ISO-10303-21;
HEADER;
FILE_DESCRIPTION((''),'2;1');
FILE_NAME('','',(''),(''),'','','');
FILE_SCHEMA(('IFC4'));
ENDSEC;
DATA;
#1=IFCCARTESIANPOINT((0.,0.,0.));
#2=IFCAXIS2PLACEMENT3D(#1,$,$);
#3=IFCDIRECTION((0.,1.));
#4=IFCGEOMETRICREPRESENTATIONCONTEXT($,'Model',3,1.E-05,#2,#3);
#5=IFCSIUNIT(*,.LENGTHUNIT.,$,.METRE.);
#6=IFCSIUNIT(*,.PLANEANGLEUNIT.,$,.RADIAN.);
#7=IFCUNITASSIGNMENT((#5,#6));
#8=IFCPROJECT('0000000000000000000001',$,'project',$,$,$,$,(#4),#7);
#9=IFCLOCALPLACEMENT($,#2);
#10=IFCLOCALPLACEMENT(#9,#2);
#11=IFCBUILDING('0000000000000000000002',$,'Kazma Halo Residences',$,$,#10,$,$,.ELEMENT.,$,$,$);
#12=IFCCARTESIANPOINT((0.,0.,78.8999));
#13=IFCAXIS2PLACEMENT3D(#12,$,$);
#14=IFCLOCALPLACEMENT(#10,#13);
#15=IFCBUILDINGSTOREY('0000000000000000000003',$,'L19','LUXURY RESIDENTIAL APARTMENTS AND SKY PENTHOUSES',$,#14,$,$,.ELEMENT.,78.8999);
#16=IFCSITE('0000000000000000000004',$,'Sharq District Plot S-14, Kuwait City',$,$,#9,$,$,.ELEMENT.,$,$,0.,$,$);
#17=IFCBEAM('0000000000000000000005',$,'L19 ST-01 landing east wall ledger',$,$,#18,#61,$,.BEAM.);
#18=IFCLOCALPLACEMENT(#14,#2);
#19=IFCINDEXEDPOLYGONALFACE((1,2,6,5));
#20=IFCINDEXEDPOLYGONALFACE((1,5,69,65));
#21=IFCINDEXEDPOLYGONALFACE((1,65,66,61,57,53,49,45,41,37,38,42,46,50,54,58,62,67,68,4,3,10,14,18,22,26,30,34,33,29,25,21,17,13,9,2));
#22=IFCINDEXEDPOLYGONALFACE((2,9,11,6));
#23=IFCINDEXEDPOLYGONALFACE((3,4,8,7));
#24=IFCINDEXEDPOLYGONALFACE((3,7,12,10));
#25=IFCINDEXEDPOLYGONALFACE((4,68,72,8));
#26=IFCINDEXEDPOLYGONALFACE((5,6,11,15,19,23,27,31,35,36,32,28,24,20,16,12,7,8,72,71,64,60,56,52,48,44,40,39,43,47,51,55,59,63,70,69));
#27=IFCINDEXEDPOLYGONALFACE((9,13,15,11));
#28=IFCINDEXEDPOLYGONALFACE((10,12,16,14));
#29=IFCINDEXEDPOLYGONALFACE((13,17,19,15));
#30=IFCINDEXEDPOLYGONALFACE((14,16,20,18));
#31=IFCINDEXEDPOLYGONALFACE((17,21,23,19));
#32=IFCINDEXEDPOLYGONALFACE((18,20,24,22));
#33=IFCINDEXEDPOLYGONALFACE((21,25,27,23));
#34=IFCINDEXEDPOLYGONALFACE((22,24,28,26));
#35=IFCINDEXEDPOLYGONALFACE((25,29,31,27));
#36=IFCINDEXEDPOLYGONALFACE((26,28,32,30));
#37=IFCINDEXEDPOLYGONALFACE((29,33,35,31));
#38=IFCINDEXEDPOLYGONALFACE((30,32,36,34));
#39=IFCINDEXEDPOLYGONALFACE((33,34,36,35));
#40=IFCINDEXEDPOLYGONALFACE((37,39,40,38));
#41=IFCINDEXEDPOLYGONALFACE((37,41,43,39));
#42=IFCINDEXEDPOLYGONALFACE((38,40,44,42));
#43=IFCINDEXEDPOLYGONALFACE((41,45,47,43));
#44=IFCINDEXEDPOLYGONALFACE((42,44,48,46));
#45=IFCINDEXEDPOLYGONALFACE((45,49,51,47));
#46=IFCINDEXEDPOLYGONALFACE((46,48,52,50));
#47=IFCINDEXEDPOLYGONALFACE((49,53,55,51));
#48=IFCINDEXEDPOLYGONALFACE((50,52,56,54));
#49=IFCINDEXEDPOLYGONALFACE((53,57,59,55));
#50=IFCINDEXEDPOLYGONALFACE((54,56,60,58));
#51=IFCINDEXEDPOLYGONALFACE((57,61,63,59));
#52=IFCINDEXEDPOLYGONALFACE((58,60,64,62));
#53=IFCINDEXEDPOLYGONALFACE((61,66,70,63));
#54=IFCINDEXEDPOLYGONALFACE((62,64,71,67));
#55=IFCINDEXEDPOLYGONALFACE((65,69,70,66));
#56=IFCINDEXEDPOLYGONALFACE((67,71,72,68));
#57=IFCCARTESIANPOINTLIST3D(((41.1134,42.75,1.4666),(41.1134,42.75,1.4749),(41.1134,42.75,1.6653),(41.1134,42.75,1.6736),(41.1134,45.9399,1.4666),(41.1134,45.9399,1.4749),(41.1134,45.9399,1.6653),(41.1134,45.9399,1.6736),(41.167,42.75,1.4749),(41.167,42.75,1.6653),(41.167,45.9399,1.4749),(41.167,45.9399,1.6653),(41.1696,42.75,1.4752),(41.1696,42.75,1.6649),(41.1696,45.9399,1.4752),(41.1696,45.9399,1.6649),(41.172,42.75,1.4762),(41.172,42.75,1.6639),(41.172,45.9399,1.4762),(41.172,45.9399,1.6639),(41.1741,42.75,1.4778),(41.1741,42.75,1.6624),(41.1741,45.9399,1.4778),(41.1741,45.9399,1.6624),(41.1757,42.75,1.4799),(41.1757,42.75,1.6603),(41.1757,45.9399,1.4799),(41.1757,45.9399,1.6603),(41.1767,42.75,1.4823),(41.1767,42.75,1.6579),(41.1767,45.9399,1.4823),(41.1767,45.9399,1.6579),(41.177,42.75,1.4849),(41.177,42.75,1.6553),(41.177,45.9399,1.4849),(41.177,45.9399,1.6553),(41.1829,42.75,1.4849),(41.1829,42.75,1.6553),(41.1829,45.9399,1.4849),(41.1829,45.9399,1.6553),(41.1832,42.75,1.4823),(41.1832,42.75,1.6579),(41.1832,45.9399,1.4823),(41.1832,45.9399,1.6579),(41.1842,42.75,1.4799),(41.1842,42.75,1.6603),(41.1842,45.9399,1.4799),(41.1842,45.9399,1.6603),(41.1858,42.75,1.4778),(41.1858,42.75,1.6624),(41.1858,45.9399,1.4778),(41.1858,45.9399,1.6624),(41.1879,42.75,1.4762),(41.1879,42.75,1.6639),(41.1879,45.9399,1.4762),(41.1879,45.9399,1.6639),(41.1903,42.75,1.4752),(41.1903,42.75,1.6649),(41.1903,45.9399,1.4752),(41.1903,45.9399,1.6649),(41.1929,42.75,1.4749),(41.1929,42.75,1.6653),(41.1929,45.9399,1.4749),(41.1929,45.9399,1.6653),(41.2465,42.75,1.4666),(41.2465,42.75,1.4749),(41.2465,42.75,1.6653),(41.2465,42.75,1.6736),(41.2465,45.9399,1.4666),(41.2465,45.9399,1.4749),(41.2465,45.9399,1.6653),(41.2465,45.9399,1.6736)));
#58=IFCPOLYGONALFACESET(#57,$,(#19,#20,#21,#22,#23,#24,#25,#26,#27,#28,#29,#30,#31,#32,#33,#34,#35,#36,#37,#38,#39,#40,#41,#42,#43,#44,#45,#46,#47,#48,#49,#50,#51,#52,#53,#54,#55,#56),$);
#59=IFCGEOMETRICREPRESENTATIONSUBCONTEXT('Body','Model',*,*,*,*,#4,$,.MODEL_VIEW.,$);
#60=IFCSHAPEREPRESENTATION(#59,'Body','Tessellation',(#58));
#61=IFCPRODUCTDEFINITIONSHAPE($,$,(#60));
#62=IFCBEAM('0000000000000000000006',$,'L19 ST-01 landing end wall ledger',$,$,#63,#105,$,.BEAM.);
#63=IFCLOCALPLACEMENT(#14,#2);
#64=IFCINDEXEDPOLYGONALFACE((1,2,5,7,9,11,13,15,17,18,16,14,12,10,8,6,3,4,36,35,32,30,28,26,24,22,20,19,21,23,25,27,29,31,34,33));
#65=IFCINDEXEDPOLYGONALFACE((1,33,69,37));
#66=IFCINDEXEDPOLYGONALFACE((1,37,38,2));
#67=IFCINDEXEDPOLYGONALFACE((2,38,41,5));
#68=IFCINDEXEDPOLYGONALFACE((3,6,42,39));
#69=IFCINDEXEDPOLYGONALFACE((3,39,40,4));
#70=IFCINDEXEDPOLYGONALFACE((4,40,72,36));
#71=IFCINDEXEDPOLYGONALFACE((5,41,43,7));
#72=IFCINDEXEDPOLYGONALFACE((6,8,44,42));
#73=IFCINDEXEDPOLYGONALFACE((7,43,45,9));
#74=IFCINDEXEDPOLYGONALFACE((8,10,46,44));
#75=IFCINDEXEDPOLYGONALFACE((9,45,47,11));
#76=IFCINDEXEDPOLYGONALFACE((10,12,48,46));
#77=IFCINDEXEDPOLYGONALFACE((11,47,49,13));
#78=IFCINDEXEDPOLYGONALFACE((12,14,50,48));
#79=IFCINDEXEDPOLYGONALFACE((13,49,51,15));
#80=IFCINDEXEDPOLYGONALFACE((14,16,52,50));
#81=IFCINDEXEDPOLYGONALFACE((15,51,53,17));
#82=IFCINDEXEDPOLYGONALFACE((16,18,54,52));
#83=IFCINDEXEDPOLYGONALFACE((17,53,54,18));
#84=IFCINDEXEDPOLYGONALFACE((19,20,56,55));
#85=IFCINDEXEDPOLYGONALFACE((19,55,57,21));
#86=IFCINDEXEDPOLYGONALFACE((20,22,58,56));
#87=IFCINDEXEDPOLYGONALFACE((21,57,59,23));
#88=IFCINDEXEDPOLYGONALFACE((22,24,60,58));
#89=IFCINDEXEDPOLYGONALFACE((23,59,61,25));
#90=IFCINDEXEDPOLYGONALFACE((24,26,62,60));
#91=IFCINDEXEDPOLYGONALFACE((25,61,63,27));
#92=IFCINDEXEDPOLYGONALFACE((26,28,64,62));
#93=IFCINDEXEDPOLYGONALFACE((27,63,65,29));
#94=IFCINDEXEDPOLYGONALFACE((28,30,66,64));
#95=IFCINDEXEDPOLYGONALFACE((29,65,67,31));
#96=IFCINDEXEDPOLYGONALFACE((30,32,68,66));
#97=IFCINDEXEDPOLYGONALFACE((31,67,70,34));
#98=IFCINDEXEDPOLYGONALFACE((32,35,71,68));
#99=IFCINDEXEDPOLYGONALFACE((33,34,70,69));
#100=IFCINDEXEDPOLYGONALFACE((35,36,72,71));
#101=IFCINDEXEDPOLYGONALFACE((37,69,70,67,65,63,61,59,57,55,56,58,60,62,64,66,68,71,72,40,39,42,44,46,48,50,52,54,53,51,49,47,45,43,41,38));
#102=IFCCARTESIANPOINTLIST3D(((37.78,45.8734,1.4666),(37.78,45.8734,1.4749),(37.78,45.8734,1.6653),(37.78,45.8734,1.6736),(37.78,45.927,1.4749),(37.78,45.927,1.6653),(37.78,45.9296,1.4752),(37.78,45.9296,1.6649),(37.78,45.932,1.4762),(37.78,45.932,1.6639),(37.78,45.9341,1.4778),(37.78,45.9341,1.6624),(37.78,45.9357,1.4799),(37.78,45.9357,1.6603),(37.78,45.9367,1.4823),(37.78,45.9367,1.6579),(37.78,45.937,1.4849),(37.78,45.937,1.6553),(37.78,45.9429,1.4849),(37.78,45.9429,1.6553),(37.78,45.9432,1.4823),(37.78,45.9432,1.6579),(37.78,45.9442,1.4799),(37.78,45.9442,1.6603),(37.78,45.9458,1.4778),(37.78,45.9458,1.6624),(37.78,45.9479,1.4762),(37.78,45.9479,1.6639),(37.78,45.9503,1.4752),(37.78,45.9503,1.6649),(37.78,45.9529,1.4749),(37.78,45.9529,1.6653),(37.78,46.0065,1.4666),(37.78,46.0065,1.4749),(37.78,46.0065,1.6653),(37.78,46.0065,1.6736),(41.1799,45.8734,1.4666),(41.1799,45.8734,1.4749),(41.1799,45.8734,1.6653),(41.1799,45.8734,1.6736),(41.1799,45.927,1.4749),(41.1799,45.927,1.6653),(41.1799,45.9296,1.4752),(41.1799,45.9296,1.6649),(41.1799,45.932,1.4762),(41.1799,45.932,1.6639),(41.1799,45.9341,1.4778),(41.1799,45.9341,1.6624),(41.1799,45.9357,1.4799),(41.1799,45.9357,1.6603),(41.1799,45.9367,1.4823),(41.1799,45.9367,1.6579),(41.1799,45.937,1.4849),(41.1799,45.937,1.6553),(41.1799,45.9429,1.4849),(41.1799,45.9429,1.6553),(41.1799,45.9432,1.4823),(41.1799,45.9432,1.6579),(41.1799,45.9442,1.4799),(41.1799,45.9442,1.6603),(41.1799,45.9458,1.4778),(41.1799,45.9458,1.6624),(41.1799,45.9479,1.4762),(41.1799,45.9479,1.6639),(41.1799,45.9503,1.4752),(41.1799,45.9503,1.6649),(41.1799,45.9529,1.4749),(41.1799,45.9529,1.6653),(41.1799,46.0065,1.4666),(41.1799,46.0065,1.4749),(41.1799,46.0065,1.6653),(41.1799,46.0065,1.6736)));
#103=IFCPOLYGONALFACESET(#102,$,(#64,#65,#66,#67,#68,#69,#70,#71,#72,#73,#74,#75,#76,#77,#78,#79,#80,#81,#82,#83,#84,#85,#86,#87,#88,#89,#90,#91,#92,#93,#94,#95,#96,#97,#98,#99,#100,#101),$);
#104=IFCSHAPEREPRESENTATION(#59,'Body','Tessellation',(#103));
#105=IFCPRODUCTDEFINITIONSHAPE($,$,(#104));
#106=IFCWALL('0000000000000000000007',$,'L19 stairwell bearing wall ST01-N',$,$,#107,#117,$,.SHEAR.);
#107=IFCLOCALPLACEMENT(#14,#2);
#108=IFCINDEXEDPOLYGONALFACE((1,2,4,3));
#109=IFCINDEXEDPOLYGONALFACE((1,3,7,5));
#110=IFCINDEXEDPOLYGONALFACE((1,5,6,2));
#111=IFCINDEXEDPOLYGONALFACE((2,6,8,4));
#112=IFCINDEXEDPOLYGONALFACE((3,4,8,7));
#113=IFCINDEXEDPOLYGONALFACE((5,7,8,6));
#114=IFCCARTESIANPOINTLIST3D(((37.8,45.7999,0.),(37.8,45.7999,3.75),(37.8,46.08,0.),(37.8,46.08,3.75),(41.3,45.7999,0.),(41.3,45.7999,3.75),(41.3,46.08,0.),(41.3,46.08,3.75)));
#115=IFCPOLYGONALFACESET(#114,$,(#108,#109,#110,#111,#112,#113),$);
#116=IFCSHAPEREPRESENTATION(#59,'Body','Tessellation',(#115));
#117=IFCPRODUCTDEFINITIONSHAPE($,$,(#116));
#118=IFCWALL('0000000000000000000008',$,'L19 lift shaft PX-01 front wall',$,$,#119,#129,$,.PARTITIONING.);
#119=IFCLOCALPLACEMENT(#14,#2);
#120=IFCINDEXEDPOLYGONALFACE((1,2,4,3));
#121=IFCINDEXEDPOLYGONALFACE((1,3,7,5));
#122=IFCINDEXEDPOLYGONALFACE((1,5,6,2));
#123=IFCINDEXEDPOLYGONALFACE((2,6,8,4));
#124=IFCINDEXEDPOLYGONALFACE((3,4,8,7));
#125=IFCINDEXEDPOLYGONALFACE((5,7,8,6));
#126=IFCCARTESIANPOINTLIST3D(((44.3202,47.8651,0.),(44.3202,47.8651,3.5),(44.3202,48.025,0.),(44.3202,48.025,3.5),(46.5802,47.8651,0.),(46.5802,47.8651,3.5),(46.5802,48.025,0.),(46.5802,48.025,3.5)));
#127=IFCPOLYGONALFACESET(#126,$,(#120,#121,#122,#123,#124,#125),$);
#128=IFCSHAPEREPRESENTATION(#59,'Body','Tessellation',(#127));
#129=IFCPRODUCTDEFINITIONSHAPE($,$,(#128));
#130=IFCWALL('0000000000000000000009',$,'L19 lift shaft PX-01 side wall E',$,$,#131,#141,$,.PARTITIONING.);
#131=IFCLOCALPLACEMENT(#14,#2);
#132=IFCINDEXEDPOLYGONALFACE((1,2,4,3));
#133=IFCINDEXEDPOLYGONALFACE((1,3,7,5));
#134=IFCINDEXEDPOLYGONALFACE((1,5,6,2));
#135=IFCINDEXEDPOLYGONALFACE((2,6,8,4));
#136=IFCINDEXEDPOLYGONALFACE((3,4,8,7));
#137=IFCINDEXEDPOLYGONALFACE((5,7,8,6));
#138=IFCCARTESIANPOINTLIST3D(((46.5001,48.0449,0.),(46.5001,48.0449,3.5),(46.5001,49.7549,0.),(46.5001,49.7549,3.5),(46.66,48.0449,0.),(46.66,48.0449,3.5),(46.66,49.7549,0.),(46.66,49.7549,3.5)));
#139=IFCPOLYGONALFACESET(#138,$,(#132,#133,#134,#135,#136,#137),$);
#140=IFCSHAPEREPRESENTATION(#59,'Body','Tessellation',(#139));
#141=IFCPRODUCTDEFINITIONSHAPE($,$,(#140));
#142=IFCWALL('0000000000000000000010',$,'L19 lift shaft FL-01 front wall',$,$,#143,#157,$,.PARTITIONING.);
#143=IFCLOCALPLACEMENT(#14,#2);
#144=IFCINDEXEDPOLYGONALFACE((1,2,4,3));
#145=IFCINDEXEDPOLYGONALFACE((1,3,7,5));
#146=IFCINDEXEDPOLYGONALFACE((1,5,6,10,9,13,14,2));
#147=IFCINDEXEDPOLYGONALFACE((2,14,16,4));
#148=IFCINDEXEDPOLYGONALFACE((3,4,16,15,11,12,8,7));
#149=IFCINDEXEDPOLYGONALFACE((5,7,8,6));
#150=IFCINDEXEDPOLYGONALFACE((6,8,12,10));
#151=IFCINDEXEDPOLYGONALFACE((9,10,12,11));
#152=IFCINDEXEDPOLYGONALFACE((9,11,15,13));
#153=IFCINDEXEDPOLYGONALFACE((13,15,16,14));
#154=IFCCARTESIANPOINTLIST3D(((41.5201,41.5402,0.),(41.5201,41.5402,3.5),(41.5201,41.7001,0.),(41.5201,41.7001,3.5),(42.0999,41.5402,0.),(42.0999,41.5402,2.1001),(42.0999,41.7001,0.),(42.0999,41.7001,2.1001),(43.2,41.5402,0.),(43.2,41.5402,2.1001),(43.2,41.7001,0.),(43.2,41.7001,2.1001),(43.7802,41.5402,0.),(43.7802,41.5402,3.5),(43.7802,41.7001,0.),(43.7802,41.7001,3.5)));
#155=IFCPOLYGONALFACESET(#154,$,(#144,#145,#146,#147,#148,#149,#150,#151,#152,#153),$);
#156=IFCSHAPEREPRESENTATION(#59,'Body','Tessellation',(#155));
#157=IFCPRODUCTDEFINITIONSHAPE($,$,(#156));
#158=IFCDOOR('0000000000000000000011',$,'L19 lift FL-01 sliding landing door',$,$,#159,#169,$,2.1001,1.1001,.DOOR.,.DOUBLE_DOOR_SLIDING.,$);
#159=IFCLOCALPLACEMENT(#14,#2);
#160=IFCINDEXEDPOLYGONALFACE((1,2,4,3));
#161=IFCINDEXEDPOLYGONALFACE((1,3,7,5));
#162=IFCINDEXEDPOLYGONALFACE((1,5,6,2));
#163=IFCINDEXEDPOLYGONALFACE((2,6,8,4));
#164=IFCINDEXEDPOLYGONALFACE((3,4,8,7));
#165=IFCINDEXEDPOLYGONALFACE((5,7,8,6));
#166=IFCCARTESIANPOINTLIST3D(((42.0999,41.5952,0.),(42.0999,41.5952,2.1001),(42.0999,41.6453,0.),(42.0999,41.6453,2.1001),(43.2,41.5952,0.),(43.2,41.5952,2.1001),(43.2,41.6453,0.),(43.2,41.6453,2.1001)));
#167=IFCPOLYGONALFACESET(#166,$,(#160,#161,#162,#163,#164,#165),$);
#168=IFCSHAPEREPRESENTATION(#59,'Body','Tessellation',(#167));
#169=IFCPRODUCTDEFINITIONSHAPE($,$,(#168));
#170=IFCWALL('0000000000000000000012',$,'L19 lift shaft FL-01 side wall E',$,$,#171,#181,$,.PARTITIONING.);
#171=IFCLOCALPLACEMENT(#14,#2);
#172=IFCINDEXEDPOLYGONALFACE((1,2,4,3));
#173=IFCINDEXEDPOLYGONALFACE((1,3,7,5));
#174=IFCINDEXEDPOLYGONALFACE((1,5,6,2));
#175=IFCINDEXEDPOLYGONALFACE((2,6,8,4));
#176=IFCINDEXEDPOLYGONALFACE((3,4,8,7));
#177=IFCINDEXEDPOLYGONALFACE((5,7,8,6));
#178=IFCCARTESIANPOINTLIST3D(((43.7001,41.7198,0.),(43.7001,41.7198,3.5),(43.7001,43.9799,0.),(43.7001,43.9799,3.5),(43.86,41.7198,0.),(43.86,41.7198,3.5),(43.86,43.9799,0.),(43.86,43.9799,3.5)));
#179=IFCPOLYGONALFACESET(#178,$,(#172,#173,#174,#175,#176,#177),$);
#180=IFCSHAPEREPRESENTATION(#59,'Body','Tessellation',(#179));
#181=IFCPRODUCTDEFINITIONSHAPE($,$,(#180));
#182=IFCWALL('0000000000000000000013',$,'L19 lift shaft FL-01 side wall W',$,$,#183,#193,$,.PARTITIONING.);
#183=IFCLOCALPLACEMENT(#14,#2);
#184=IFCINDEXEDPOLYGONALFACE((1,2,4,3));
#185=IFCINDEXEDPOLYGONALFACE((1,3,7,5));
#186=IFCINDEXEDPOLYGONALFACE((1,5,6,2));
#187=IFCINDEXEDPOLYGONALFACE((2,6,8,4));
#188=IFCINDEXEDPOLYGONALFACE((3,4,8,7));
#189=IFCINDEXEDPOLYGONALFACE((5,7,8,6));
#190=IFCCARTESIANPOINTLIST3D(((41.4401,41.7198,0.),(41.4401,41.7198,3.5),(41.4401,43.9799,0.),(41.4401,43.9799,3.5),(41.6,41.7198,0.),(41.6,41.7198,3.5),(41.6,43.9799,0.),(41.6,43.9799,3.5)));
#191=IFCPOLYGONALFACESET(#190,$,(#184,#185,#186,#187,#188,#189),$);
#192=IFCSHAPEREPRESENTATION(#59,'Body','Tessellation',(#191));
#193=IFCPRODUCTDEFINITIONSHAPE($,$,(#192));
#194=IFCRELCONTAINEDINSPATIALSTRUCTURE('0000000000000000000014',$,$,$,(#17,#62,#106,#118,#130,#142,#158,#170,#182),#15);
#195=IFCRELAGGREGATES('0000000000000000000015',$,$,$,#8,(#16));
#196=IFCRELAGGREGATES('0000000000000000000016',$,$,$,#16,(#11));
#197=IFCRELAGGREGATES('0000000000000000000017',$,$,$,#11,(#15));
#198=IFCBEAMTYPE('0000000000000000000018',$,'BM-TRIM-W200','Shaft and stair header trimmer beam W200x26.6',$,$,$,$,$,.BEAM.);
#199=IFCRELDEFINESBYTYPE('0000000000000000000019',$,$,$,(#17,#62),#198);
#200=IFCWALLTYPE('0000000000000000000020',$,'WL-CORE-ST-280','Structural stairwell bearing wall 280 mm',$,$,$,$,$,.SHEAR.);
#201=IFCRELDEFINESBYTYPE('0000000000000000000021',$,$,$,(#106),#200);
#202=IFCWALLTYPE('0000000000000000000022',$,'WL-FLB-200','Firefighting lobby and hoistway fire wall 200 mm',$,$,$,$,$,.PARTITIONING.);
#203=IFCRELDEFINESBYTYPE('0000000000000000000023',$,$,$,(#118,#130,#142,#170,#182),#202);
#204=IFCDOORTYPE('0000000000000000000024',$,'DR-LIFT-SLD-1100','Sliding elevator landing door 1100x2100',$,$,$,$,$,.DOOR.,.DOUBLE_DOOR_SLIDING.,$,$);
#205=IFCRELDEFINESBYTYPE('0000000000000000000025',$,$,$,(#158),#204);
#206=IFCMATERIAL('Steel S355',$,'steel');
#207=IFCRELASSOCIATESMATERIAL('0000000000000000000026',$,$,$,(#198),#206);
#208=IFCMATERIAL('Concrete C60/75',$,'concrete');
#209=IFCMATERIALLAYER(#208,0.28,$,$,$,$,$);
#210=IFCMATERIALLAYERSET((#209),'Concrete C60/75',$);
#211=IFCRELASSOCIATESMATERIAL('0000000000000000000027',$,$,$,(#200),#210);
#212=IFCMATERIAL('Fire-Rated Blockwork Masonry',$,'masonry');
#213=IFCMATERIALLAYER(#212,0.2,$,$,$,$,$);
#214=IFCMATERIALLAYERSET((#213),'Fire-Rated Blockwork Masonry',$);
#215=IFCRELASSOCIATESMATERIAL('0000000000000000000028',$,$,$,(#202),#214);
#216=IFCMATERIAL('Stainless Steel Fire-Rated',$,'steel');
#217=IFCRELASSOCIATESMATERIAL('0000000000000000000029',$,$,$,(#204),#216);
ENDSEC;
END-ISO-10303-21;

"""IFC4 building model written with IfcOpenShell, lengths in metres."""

from ifc_helpers import new_model, si_unit, direction, frame, frame_2d, origin, origin_2d, place, context, subcontext, project, spatial, rectangle, i_section, extrude, material, layer, layer_set, material_profile, profile_set, type_object, element, fill, save


model = new_model("IFC4")

# Units and contexts
model_context = context("Model", 3, precision=1e-05, world=origin(), true_north=direction((0.0, 1.0)))
body_context = subcontext(model_context, "Body", "Model", "MODEL_VIEW")
ifc_project = project(units=[si_unit("LENGTHUNIT", "METRE"), si_unit("PLANEANGLEUNIT", "RADIAN")], contexts=[model_context])

# Site, building, storey
site_placement = place(None, origin())
site = spatial("IfcSite", under=ifc_project, at=site_placement, Name="Sharq District Plot S-14, Kuwait City", CompositionType="ELEMENT", RefElevation=0.0)
building_placement = place(site_placement, origin())
building = spatial("IfcBuilding", under=site, at=building_placement, Name="Kazma Halo Residences", CompositionType="ELEMENT")
storey_placement = place(building_placement, frame((0.0, 0.0, 78.8999)))
storey = spatial("IfcBuildingStorey", under=building, at=storey_placement, Name="L19", Description="LUXURY RESIDENTIAL APARTMENTS AND SKY PENTHOUSES", CompositionType="ELEMENT", Elevation=78.8999)

# Shared definitions
ifc_material_1 = material(Name="Steel S355", Category="steel")

# Beams
ifc_material_profile_1 = material_profile(ifc_material_1, i_section(OverallWidth=0.1331, OverallDepth=0.207, WebThickness=0.0059, FlangeThickness=0.0083, FilletRadius=0.01, at=origin_2d()), Name="W200x26.6")
ifc_profile_set_1 = profile_set([ifc_material_profile_1], Name="Steel S355")
beam_type_1 = type_object("IfcBeamType", Name="BM-TRIM-W200", Description="Shaft and stair header trimmer beam W200x26.6", PredefinedType="BEAM", material=ifc_profile_set_1)
beam_1_placement = place(storey_placement, frame((41.1799, 42.75, 1.5701), z_axis=(0.0, 1.0, 0.0), x_axis=(-1.0, 0.0, 0.0)))
element("IfcBeam", 1, at=beam_1_placement, inside=storey, type_object=beam_type_1, Name="L19 ST-01 landing east wall ledger", PredefinedType="BEAM", context=body_context, shape_type="SweptSolid", body=[
    extrude(i_section(OverallWidth=0.1331, OverallDepth=0.207, WebThickness=0.0059, FlangeThickness=0.0083, FilletRadius=0.01, at=origin_2d()), origin(), (0.0, 0.0, 1.0), 3.1899),
])
beam_2_placement = place(storey_placement, frame((37.78, 45.9399, 1.5701), z_axis=(1.0, 0.0, 0.0), x_axis=(0.0, 1.0, 0.0)))
element("IfcBeam", 2, at=beam_2_placement, inside=storey, type_object=beam_type_1, Name="L19 ST-01 landing end wall ledger", PredefinedType="BEAM", context=body_context, shape_type="SweptSolid", body=[
    extrude(i_section(OverallWidth=0.1331, OverallDepth=0.207, WebThickness=0.0059, FlangeThickness=0.0083, FilletRadius=0.01, at=origin_2d()), origin(), (0.0, 0.0, 1.0), 3.3999),
])

# Walls
ifc_material_2 = material(Name="Concrete C60/75", Category="concrete")
ifc_layer_1 = layer(ifc_material_2, 0.28)
ifc_layer_set_1 = layer_set([ifc_layer_1], Name="Concrete C60/75")
wall_type_1 = type_object("IfcWallType", Name="WL-CORE-ST-280", Description="Structural stairwell bearing wall 280 mm", PredefinedType="SHEAR", material=ifc_layer_set_1)
wall_1_placement = place(storey_placement, frame((37.8, 45.9399, 0.0), z_axis=(0.0, 0.0, 1.0), x_axis=(1.0, 0.0, 0.0)))
element("IfcWall", 3, at=wall_1_placement, inside=storey, type_object=wall_type_1, Name="L19 stairwell bearing wall ST01-N", PredefinedType="SHEAR", context=body_context, shape_type="SweptSolid", body=[
    extrude(rectangle(XDim=3.5, YDim=0.28, at=frame_2d((1.75, 0.0))), origin(), (0.0, 0.0, 1.0), 3.75),
])
ifc_material_3 = material(Name="Fire-Rated Blockwork Masonry", Category="masonry")
ifc_layer_2 = layer(ifc_material_3, 0.2)
ifc_layer_set_2 = layer_set([ifc_layer_2], Name="Fire-Rated Blockwork Masonry")
wall_type_2 = type_object("IfcWallType", Name="WL-FLB-200", Description="Firefighting lobby and hoistway fire wall 200 mm", PredefinedType="PARTITIONING", material=ifc_layer_set_2)
wall_2_placement = place(storey_placement, frame((46.5801, 47.9451, 0.0), z_axis=(0.0, 0.0, 1.0), x_axis=(-1.0, 0.0, 0.0)))
element("IfcWall", 4, at=wall_2_placement, inside=storey, type_object=wall_type_2, Name="L19 lift shaft PX-01 front wall", PredefinedType="PARTITIONING", context=body_context, shape_type="SweptSolid", body=[
    extrude(rectangle(XDim=2.26, YDim=0.1599, at=frame_2d((1.1299, 0.0))), origin(), (0.0, 0.0, 1.0), 3.5),
])
wall_3_placement = place(storey_placement, frame((46.5801, 48.0449, 0.0), z_axis=(0.0, 0.0, 1.0), x_axis=(0.0, 1.0, 0.0)))
element("IfcWall", 5, at=wall_3_placement, inside=storey, type_object=wall_type_2, Name="L19 lift shaft PX-01 side wall E", PredefinedType="PARTITIONING", context=body_context, shape_type="SweptSolid", body=[
    extrude(rectangle(XDim=1.71, YDim=0.1599, at=frame_2d((0.855, 0.0))), origin(), (0.0, 0.0, 1.0), 3.5),
])

# Wall, opening, door
wall_4_placement = place(storey_placement, frame((43.78, 41.6201, 0.0), z_axis=(0.0, 0.0, 1.0), x_axis=(-1.0, 0.0, 0.0)))
wall_4 = element("IfcWall", 6, at=wall_4_placement, inside=storey, type_object=wall_type_2, Name="L19 lift shaft FL-01 front wall", PredefinedType="PARTITIONING", context=body_context, shape_type="SweptSolid", body=[
    extrude(rectangle(XDim=2.26, YDim=0.1599, at=frame_2d((1.1299, 0.0))), origin(), (0.0, 0.0, 1.0), 3.5),
])
opening_1_placement = place(wall_4_placement, frame((0.5801, 0.0, 0.0)))
opening_1 = element("IfcOpeningElement", 7, at=opening_1_placement, cuts=wall_4, PredefinedType="OPENING", context=body_context, shape_type="SweptSolid", body=[
    extrude(rectangle(XDim=1.1001, YDim=2.1001, at=frame_2d((0.55, 1.05))), frame((0.0, 0.0898, 0.0), z_axis=(0.0, -1.0, 0.0), x_axis=(1.0, 0.0, 0.0)), (0.0, 0.0, 1.0), 0.1799),
])
ifc_material_4 = material(Name="Stainless Steel Fire-Rated", Category="steel")
door_type_1 = type_object("IfcDoorType", Name="DR-LIFT-SLD-1100", Description="Sliding elevator landing door 1100x2100", OperationType="DOUBLE_DOOR_SLIDING", PredefinedType="DOOR", material=ifc_material_4)
door_1_placement = place(opening_1_placement, origin())
door_1 = element("IfcDoor", 8, at=door_1_placement, inside=storey, type_object=door_type_1, Name="L19 lift FL-01 sliding landing door", OperationType="DOUBLE_DOOR_SLIDING", OverallHeight=2.1001, OverallWidth=1.1001, PredefinedType="DOOR", context=body_context, shape_type="SweptSolid", body=[
    extrude(rectangle(XDim=1.1001, YDim=2.1001, at=frame_2d((0.55, 1.05))), frame((0.0, 0.0249, 0.0), z_axis=(0.0, -1.0, 0.0), x_axis=(1.0, 0.0, 0.0)), (0.0, 0.0, 1.0), 0.05),
])
fill(opening_1, door_1)

# Walls
for number, where, z_axis, x_axis, name in (
    (9, (43.78, 41.72, 0.0), (0.0, 0.0, 1.0), (0.0, 1.0, 0.0), "L19 lift shaft FL-01 side wall E"),
    (10, (41.52, 41.72, 0.0), (0.0, 0.0, 1.0), (0.0, 1.0, 0.0), "L19 lift shaft FL-01 side wall W"),
):
    element("IfcWall", number, at=place(storey_placement, frame(where, z_axis=z_axis, x_axis=x_axis)), inside=storey, type_object=wall_type_2, Name=name, PredefinedType="PARTITIONING", context=body_context, shape_type="SweptSolid", body=[
        extrude(rectangle(XDim=2.26, YDim=0.1599, at=frame_2d((1.1299, 0.0))), origin(), (0.0, 0.0, 1.0), 3.5),
    ])

save(model, "model.ifc")
